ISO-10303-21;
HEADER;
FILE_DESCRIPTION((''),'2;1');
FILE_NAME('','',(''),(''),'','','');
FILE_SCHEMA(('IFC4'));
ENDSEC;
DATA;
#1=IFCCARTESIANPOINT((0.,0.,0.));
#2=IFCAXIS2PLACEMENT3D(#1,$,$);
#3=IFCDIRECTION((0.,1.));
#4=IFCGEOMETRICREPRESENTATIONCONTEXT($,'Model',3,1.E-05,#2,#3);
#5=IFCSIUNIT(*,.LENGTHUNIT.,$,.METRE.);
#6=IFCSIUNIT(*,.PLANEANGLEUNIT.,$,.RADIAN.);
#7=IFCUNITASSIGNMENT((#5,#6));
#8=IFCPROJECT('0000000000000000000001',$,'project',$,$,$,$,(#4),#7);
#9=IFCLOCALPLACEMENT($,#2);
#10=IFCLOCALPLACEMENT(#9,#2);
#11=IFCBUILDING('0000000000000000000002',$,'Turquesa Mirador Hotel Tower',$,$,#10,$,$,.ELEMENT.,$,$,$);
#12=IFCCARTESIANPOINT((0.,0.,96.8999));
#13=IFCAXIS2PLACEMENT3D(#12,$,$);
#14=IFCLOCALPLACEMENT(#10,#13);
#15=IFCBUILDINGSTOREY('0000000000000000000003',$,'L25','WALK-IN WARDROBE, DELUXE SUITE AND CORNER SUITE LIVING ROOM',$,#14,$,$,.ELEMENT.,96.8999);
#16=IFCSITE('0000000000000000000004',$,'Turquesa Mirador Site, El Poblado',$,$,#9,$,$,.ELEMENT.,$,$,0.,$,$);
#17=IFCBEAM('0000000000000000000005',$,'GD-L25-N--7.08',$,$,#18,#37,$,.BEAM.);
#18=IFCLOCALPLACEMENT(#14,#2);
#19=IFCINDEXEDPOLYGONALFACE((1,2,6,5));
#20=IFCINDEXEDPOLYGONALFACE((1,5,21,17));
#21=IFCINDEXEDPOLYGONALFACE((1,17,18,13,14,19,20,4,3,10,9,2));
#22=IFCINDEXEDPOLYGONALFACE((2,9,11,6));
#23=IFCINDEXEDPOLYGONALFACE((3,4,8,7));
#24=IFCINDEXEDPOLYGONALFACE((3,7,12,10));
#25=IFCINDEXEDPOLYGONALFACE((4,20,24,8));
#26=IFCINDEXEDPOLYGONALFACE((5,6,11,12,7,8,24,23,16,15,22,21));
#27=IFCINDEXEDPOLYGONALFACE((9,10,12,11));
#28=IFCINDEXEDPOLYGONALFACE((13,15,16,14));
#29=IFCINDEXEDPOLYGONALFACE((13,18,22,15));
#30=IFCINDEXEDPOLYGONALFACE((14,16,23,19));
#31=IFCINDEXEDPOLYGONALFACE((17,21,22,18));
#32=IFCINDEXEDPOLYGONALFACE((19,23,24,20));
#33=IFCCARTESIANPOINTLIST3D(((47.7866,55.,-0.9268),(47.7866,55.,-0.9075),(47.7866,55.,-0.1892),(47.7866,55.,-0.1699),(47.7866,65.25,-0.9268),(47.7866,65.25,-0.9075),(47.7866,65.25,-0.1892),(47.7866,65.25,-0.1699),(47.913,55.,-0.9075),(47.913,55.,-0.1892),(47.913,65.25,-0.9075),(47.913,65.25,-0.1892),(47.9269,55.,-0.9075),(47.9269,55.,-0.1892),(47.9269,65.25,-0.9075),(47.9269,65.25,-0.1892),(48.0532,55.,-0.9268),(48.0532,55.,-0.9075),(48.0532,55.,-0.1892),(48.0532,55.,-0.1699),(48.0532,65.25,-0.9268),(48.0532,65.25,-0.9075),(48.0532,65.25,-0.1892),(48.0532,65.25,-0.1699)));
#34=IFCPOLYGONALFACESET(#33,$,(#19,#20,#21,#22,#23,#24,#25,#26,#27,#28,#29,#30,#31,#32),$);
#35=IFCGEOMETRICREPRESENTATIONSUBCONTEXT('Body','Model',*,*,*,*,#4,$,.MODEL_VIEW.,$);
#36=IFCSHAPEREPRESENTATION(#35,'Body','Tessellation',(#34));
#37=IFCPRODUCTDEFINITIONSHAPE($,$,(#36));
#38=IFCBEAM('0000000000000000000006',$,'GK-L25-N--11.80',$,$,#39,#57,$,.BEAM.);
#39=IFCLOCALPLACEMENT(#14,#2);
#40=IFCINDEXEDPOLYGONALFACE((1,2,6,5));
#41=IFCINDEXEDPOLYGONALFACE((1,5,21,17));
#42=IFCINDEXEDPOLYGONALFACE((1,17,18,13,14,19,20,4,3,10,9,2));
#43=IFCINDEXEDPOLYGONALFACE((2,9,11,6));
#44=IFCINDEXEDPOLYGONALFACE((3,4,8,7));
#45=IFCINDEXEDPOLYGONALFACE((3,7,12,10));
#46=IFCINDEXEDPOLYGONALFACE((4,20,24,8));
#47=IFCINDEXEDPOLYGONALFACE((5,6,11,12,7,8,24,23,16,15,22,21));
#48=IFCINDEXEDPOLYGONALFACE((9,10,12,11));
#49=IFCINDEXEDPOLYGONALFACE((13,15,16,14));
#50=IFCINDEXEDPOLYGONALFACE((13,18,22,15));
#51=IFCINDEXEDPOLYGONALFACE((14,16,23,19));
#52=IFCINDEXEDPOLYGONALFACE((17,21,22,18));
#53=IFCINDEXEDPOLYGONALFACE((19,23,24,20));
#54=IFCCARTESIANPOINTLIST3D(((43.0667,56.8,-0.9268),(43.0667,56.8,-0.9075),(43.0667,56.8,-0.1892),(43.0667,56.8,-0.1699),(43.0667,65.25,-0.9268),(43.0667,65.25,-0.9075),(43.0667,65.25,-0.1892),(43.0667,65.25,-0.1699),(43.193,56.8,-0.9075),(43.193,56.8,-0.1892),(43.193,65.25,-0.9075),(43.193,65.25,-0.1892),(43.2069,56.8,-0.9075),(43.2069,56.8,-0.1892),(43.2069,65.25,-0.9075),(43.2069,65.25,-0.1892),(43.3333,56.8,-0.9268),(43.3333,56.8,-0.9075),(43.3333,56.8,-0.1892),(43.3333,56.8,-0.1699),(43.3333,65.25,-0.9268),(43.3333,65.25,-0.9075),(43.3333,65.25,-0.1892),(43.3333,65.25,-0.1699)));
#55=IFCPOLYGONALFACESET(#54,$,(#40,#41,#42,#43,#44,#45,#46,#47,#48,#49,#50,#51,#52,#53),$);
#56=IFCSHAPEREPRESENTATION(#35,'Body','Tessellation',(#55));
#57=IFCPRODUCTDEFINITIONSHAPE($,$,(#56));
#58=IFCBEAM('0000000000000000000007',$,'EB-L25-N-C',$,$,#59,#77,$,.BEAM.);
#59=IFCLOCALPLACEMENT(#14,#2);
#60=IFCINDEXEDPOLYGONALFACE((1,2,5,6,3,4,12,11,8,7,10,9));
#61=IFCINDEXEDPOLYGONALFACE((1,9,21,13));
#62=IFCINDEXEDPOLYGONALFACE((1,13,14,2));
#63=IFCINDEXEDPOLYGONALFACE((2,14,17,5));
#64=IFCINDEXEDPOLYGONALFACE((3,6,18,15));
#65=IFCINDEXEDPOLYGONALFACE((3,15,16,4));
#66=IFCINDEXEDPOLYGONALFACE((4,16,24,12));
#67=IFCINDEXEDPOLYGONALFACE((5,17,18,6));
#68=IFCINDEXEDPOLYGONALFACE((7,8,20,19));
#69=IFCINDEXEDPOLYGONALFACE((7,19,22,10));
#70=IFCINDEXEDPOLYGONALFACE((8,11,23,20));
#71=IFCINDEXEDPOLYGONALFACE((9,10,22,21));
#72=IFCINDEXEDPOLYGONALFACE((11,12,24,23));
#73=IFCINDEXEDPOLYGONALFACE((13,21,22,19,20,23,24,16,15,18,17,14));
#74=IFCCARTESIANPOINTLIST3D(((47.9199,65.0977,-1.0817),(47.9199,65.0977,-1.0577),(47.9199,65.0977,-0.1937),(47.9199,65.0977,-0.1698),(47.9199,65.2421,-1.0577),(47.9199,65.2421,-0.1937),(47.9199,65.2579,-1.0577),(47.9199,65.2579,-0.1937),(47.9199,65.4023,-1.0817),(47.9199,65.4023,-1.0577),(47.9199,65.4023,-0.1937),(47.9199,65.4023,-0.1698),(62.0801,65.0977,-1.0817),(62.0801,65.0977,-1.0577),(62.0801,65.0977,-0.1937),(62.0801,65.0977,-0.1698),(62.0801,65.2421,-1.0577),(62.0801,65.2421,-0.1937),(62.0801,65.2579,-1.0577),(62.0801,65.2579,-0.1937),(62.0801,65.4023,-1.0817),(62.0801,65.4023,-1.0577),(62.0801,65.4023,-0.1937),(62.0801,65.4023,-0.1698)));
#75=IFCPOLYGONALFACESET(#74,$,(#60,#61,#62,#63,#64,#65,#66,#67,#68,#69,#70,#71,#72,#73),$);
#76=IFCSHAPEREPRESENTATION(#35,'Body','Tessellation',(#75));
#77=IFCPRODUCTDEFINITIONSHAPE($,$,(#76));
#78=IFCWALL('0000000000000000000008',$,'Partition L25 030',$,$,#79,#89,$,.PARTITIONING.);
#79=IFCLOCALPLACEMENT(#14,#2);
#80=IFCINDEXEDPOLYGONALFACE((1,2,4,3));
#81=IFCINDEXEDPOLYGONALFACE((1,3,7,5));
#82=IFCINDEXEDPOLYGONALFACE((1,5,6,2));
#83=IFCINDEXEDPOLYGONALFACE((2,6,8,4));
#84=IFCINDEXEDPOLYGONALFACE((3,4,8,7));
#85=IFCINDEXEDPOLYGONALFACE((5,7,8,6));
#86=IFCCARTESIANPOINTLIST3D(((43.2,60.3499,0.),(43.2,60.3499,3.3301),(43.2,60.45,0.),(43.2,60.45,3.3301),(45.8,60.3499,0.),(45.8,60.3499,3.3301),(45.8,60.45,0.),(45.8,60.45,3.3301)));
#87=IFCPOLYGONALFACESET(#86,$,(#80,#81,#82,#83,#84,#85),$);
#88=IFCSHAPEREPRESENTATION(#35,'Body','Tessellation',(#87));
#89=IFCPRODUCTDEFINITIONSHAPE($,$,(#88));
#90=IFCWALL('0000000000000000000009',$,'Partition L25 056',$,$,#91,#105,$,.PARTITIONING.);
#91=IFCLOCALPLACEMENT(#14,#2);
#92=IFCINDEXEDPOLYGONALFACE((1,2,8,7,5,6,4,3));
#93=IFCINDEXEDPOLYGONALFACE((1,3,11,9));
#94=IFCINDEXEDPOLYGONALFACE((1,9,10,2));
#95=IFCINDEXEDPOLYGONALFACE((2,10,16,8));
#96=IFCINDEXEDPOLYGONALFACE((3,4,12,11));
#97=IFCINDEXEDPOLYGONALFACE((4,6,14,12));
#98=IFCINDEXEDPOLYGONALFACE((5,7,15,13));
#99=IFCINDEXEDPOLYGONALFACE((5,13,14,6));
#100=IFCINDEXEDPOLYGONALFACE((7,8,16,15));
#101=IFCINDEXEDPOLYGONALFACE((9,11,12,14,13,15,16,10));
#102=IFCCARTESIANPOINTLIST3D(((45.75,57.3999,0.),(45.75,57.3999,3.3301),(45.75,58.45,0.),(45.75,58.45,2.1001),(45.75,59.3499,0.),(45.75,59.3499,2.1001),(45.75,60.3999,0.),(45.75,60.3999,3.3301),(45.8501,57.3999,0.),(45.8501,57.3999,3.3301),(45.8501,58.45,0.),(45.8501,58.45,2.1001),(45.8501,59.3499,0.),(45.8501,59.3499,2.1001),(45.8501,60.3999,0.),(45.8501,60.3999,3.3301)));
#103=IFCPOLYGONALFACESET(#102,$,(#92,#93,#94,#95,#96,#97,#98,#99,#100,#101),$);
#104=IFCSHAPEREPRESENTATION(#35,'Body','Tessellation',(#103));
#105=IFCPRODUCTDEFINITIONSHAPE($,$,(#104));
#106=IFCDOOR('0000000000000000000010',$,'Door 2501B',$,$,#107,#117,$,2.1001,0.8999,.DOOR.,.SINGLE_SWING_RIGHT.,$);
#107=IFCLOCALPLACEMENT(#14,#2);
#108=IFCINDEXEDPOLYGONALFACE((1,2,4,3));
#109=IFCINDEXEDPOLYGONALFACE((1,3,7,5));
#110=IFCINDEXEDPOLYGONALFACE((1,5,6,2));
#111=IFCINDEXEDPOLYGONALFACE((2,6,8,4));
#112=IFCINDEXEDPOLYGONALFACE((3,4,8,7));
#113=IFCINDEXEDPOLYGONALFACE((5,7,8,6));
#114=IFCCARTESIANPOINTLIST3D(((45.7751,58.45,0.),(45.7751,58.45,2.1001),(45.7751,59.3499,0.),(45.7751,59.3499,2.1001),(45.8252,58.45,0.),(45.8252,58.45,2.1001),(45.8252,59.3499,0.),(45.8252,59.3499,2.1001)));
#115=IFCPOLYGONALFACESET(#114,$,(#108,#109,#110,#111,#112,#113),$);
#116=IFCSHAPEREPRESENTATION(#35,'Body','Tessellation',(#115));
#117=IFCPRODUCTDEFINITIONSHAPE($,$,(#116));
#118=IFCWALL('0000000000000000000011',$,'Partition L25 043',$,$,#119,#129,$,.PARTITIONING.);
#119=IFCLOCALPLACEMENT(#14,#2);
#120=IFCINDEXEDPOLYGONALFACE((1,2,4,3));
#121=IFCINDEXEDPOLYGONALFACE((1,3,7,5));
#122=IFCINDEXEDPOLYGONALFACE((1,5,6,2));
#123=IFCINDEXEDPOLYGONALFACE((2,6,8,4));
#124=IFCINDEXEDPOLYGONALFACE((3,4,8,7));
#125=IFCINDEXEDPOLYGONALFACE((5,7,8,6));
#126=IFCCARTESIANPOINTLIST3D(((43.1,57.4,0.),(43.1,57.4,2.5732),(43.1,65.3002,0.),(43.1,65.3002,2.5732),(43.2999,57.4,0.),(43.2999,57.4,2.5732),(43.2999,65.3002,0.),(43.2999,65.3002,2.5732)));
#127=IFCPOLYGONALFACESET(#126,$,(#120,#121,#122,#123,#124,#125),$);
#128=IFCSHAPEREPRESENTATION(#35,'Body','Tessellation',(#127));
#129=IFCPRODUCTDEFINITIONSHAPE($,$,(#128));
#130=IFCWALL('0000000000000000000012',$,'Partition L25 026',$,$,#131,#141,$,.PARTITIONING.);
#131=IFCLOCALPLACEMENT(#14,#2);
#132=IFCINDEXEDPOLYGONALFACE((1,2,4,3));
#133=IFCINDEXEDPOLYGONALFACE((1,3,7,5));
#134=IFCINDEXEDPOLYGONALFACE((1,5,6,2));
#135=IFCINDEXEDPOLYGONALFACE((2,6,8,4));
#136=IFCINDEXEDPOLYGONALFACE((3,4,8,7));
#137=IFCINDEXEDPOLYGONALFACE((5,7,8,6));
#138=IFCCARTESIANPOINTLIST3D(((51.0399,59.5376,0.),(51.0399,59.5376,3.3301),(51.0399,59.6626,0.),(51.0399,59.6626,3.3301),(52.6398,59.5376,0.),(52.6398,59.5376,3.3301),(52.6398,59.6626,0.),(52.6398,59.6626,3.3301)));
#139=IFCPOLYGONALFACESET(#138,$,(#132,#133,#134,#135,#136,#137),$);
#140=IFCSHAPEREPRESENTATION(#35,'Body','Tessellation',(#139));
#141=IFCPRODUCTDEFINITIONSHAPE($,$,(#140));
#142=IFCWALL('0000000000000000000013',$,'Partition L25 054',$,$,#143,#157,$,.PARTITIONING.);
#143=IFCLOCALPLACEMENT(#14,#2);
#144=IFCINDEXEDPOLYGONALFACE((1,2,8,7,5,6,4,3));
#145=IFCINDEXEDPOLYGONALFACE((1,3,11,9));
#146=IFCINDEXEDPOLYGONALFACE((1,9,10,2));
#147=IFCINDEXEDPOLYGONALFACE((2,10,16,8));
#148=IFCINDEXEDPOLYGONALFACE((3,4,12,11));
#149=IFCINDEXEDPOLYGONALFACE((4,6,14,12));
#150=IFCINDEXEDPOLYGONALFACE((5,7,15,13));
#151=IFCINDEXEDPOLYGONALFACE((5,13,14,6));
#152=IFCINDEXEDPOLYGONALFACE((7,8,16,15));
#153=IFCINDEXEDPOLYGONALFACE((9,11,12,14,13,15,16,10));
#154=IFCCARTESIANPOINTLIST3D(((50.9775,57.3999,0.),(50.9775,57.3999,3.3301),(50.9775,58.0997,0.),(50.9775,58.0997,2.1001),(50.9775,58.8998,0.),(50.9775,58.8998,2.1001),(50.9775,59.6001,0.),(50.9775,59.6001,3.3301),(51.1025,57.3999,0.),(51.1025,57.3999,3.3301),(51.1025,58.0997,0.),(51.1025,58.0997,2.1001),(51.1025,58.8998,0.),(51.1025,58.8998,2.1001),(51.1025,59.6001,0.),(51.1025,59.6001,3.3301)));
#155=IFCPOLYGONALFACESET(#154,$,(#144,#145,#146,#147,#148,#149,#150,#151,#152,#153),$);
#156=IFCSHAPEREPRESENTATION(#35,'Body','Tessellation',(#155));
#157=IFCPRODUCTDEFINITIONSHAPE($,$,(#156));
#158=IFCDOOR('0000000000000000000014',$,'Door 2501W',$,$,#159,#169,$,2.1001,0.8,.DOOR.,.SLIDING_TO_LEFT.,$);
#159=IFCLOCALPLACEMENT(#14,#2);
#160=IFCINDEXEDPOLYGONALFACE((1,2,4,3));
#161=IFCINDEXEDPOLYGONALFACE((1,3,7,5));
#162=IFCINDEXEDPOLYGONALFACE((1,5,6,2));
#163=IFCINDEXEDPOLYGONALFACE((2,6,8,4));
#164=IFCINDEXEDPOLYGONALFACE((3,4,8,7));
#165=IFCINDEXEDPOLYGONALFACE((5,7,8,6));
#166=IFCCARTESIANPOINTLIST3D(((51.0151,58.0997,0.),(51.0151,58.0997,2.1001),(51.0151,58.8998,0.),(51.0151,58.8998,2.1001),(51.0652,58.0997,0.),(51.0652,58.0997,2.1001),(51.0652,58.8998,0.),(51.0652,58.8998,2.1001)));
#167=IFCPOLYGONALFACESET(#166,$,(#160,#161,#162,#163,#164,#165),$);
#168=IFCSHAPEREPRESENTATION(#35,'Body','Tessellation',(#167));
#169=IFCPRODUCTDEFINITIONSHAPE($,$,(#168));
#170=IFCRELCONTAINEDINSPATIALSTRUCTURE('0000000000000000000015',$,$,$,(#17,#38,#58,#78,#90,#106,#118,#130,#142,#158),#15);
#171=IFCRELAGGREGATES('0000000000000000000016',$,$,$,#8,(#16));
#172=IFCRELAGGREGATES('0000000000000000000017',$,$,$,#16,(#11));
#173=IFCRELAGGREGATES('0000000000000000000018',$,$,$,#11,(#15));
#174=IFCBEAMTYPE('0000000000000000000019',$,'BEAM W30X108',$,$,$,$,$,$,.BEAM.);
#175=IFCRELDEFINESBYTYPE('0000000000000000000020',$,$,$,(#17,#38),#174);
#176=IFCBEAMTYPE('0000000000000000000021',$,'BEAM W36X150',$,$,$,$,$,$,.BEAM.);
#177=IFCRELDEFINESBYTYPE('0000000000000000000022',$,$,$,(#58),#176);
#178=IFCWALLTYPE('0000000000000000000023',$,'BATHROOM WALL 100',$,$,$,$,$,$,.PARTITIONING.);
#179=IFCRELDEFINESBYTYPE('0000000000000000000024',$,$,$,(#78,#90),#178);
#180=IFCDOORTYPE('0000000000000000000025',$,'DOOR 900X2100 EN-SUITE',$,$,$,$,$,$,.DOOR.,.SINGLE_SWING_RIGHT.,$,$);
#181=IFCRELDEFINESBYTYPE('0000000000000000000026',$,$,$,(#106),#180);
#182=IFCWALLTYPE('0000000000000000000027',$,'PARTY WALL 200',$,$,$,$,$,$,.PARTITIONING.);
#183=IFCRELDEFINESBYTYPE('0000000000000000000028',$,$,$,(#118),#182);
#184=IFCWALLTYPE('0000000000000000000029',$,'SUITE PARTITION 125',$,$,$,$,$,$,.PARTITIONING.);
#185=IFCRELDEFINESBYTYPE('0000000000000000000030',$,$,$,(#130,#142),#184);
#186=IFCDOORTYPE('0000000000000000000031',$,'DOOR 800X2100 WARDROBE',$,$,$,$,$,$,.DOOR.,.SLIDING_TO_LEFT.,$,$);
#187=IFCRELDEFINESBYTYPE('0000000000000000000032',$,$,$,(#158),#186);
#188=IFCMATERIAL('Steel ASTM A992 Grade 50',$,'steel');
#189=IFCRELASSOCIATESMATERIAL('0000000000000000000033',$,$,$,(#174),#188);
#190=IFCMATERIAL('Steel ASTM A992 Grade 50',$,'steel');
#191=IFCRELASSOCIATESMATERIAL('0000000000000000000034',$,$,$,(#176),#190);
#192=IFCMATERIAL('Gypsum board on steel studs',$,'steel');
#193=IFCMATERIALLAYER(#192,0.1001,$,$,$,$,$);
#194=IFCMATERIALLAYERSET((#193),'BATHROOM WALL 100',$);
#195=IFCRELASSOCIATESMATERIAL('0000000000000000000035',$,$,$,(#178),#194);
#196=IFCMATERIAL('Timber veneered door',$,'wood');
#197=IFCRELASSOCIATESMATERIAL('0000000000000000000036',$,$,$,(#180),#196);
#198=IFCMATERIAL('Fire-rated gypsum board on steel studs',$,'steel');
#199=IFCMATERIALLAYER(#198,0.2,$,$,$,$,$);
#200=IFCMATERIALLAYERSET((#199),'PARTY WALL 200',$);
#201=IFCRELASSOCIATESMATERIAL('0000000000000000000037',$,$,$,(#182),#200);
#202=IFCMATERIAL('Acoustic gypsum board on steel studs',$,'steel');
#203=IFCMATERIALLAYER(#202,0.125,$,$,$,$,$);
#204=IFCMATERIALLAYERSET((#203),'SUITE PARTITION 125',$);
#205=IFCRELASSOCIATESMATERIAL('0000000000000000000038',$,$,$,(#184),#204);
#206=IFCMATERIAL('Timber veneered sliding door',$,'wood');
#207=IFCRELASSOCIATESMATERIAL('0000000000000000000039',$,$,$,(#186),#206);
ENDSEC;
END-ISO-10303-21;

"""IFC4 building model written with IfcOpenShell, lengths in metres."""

from ifc_helpers import new_model, si_unit, direction, frame, frame_2d, origin, origin_2d, place, context, subcontext, project, spatial, rectangle, i_section, extrude, material, layer, layer_set, material_profile, profile_set, type_object, element, fill, save


model = new_model("IFC4")

# Units and contexts
model_context = context("Model", 3, precision=1e-05, world=origin(), true_north=direction((0.0, 1.0)))
body_context = subcontext(model_context, "Body", "Model", "MODEL_VIEW")
ifc_project = project(units=[si_unit("LENGTHUNIT", "METRE"), si_unit("PLANEANGLEUNIT", "RADIAN")], contexts=[model_context])

# Site, building, storey
site_placement = place(None, origin())
site = spatial("IfcSite", under=ifc_project, at=site_placement, Name="Turquesa Mirador Site, El Poblado", CompositionType="ELEMENT", RefElevation=0.0)
building_placement = place(site_placement, origin())
building = spatial("IfcBuilding", under=site, at=building_placement, Name="Turquesa Mirador Hotel Tower", CompositionType="ELEMENT")
storey_placement = place(building_placement, frame((0.0, 0.0, 96.8999)))
storey = spatial("IfcBuildingStorey", under=building, at=storey_placement, Name="L25", Description="WALK-IN WARDROBE, DELUXE SUITE AND CORNER SUITE LIVING ROOM", CompositionType="ELEMENT", Elevation=96.8999)

# Beams
ifc_material_1 = material(Name="Steel ASTM A992 Grade 50", Category="steel")
ifc_material_profile_1 = material_profile(ifc_material_1, i_section(OverallWidth=0.2666, OverallDepth=0.7568, WebThickness=0.0139, FlangeThickness=0.0193, at=origin_2d()), Name="W30X108")
ifc_profile_set_1 = profile_set([ifc_material_profile_1], Name="Steel ASTM A992 Grade 50")
beam_type_1 = type_object("IfcBeamType", Name="BEAM W30X108", PredefinedType="BEAM", material=ifc_profile_set_1)
beam_1_placement = place(storey_placement, frame((47.9199, 65.25, -0.5483), z_axis=(0.0, -1.0, 0.0), x_axis=(1.0, 0.0, 0.0)))
element("IfcBeam", 1, at=beam_1_placement, inside=storey, type_object=beam_type_1, Name="GD-L25-N--7.08", PredefinedType="BEAM", context=body_context, shape_type="SweptSolid", body=[
    extrude(i_section(OverallWidth=0.2666, OverallDepth=0.7568, WebThickness=0.0139, FlangeThickness=0.0193, at=origin_2d()), origin(), (0.0, 0.0, 1.0), 10.25),
])
beam_2_placement = place(storey_placement, frame((43.2, 65.25, -0.5483), z_axis=(0.0, -1.0, 0.0), x_axis=(1.0, 0.0, 0.0)))
element("IfcBeam", 2, at=beam_2_placement, inside=storey, type_object=beam_type_1, Name="GK-L25-N--11.80", PredefinedType="BEAM", context=body_context, shape_type="SweptSolid", body=[
    extrude(i_section(OverallWidth=0.2666, OverallDepth=0.7568, WebThickness=0.0139, FlangeThickness=0.0193, at=origin_2d()), origin(), (0.0, 0.0, 1.0), 8.45),
])
ifc_material_2 = material(Name="Steel ASTM A992 Grade 50", Category="steel")
ifc_material_profile_2 = material_profile(ifc_material_2, i_section(OverallWidth=0.3047, OverallDepth=0.9119, WebThickness=0.0159, FlangeThickness=0.0239, at=origin_2d()), Name="W36X150")
ifc_profile_set_2 = profile_set([ifc_material_profile_2], Name="Steel ASTM A992 Grade 50")
beam_type_2 = type_object("IfcBeamType", Name="BEAM W36X150", PredefinedType="BEAM", material=ifc_profile_set_2)
beam_3_placement = place(storey_placement, frame((47.9199, 65.25, -0.6257), z_axis=(1.0, 0.0, 0.0), x_axis=(0.0, 1.0, 0.0)))
element("IfcBeam", 3, at=beam_3_placement, inside=storey, type_object=beam_type_2, Name="EB-L25-N-C", PredefinedType="BEAM", context=body_context, shape_type="SweptSolid", body=[
    extrude(i_section(OverallWidth=0.3047, OverallDepth=0.9119, WebThickness=0.0159, FlangeThickness=0.0239, at=origin_2d()), origin(), (0.0, 0.0, 1.0), 14.1602),
])

# Wall
ifc_material_3 = material(Name="Gypsum board on steel studs", Category="steel")
ifc_layer_1 = layer(ifc_material_3, 0.1001)
ifc_layer_set_1 = layer_set([ifc_layer_1], Name="BATHROOM WALL 100")
wall_type_1 = type_object("IfcWallType", Name="BATHROOM WALL 100", PredefinedType="PARTITIONING", material=ifc_layer_set_1)
wall_1_placement = place(storey_placement, frame((43.2, 60.3999, 0.0), z_axis=(0.0, 0.0, 1.0), x_axis=(1.0, 0.0, 0.0)))
element("IfcWall", 4, at=wall_1_placement, inside=storey, type_object=wall_type_1, Name="Partition L25 030", PredefinedType="PARTITIONING", context=body_context, shape_type="SweptSolid", body=[
    extrude(rectangle(XDim=2.6001, YDim=0.1001, at=frame_2d((1.3, 0.0))), origin(), (0.0, 0.0, 1.0), 3.3301),
])

# Wall, opening, door
wall_2_placement = place(storey_placement, frame((45.8, 57.3999, 0.0), z_axis=(0.0, 0.0, 1.0), x_axis=(0.0, 1.0, 0.0)))
wall_2 = element("IfcWall", 5, at=wall_2_placement, inside=storey, type_object=wall_type_1, Name="Partition L25 056", PredefinedType="PARTITIONING", context=body_context, shape_type="SweptSolid", body=[
    extrude(rectangle(XDim=3.0, YDim=0.1001, at=frame_2d((1.5, 0.0))), origin(), (0.0, 0.0, 1.0), 3.3301),
])
opening_1_placement = place(wall_2_placement, frame((1.05, 0.0, 0.0)))
opening_1 = element("IfcOpeningElement", 6, at=opening_1_placement, cuts=wall_2, PredefinedType="OPENING", context=body_context, shape_type="SweptSolid", body=[
    extrude(rectangle(XDim=0.8999, YDim=2.1001, at=frame_2d((0.45, 1.05))), frame((0.0, 0.0601, 0.0), z_axis=(0.0, -1.0, 0.0), x_axis=(1.0, 0.0, 0.0)), (0.0, 0.0, 1.0), 0.1201),
])
ifc_material_4 = material(Name="Timber veneered door", Category="wood")
door_type_1 = type_object("IfcDoorType", Name="DOOR 900X2100 EN-SUITE", OperationType="SINGLE_SWING_RIGHT", PredefinedType="DOOR", material=ifc_material_4)
door_1_placement = place(opening_1_placement, origin())
door_1 = element("IfcDoor", 7, at=door_1_placement, inside=storey, type_object=door_type_1, Name="Door 2501B", OperationType="SINGLE_SWING_RIGHT", OverallHeight=2.1001, OverallWidth=0.8999, PredefinedType="DOOR", context=body_context, shape_type="SweptSolid", body=[
    extrude(rectangle(XDim=0.8999, YDim=2.1001, at=frame_2d((0.45, 1.05))), frame((0.0, 0.0249, 0.0), z_axis=(0.0, -1.0, 0.0), x_axis=(1.0, 0.0, 0.0)), (0.0, 0.0, 1.0), 0.05),
])
fill(opening_1, door_1)

# Walls
ifc_material_5 = material(Name="Fire-rated gypsum board on steel studs", Category="steel")
ifc_layer_2 = layer(ifc_material_5, 0.2)
ifc_layer_set_2 = layer_set([ifc_layer_2], Name="PARTY WALL 200")
wall_type_2 = type_object("IfcWallType", Name="PARTY WALL 200", PredefinedType="PARTITIONING", material=ifc_layer_set_2)
wall_3_placement = place(storey_placement, frame((43.2, 57.3999, 0.0), z_axis=(0.0, 0.0, 1.0), x_axis=(0.0, 1.0, 0.0)))
element("IfcWall", 8, at=wall_3_placement, inside=storey, type_object=wall_type_2, Name="Partition L25 043", PredefinedType="PARTITIONING", context=body_context, shape_type="SweptSolid", body=[
    extrude(rectangle(XDim=7.9001, YDim=0.2, at=frame_2d((3.9502, 0.0))), origin(), (0.0, 0.0, 1.0), 2.5732),
])
ifc_material_6 = material(Name="Acoustic gypsum board on steel studs", Category="steel")
ifc_layer_3 = layer(ifc_material_6, 0.125)
ifc_layer_set_3 = layer_set([ifc_layer_3], Name="SUITE PARTITION 125")
wall_type_3 = type_object("IfcWallType", Name="SUITE PARTITION 125", PredefinedType="PARTITIONING", material=ifc_layer_set_3)
wall_4_placement = place(storey_placement, frame((51.04, 59.6001, 0.0), z_axis=(0.0, 0.0, 1.0), x_axis=(1.0, 0.0, 0.0)))
element("IfcWall", 9, at=wall_4_placement, inside=storey, type_object=wall_type_3, Name="Partition L25 026", PredefinedType="PARTITIONING", context=body_context, shape_type="SweptSolid", body=[
    extrude(rectangle(XDim=1.5999, YDim=0.125, at=frame_2d((0.7998, 0.0))), origin(), (0.0, 0.0, 1.0), 3.3301),
])

# Wall, opening, door
wall_5_placement = place(storey_placement, frame((51.04, 57.3999, 0.0), z_axis=(0.0, 0.0, 1.0), x_axis=(0.0, 1.0, 0.0)))
wall_5 = element("IfcWall", 10, at=wall_5_placement, inside=storey, type_object=wall_type_3, Name="Partition L25 054", PredefinedType="PARTITIONING", context=body_context, shape_type="SweptSolid", body=[
    extrude(rectangle(XDim=2.2002, YDim=0.125, at=frame_2d((1.1001, 0.0))), origin(), (0.0, 0.0, 1.0), 3.3301),
])
opening_2_placement = place(wall_5_placement, frame((0.7, 0.0, 0.0)))
opening_2 = element("IfcOpeningElement", 11, at=opening_2_placement, cuts=wall_5, PredefinedType="OPENING", context=body_context, shape_type="SweptSolid", body=[
    extrude(rectangle(XDim=0.8, YDim=2.1001, at=frame_2d((0.3999, 1.05))), frame((0.0, 0.0725, 0.0), z_axis=(0.0, -1.0, 0.0), x_axis=(1.0, 0.0, 0.0)), (0.0, 0.0, 1.0), 0.145),
])
ifc_material_7 = material(Name="Timber veneered sliding door", Category="wood")
door_type_2 = type_object("IfcDoorType", Name="DOOR 800X2100 WARDROBE", OperationType="SLIDING_TO_LEFT", PredefinedType="DOOR", material=ifc_material_7)
door_2_placement = place(opening_2_placement, origin())
door_2 = element("IfcDoor", 12, at=door_2_placement, inside=storey, type_object=door_type_2, Name="Door 2501W", OperationType="SLIDING_TO_LEFT", OverallHeight=2.1001, OverallWidth=0.8, PredefinedType="DOOR", context=body_context, shape_type="SweptSolid", body=[
    extrude(rectangle(XDim=0.8, YDim=2.1001, at=frame_2d((0.3999, 1.05))), frame((0.0, 0.0249, 0.0), z_axis=(0.0, -1.0, 0.0), x_axis=(1.0, 0.0, 0.0)), (0.0, 0.0, 1.0), 0.05),
])
fill(opening_2, door_2)

save(model, "model.ifc")
